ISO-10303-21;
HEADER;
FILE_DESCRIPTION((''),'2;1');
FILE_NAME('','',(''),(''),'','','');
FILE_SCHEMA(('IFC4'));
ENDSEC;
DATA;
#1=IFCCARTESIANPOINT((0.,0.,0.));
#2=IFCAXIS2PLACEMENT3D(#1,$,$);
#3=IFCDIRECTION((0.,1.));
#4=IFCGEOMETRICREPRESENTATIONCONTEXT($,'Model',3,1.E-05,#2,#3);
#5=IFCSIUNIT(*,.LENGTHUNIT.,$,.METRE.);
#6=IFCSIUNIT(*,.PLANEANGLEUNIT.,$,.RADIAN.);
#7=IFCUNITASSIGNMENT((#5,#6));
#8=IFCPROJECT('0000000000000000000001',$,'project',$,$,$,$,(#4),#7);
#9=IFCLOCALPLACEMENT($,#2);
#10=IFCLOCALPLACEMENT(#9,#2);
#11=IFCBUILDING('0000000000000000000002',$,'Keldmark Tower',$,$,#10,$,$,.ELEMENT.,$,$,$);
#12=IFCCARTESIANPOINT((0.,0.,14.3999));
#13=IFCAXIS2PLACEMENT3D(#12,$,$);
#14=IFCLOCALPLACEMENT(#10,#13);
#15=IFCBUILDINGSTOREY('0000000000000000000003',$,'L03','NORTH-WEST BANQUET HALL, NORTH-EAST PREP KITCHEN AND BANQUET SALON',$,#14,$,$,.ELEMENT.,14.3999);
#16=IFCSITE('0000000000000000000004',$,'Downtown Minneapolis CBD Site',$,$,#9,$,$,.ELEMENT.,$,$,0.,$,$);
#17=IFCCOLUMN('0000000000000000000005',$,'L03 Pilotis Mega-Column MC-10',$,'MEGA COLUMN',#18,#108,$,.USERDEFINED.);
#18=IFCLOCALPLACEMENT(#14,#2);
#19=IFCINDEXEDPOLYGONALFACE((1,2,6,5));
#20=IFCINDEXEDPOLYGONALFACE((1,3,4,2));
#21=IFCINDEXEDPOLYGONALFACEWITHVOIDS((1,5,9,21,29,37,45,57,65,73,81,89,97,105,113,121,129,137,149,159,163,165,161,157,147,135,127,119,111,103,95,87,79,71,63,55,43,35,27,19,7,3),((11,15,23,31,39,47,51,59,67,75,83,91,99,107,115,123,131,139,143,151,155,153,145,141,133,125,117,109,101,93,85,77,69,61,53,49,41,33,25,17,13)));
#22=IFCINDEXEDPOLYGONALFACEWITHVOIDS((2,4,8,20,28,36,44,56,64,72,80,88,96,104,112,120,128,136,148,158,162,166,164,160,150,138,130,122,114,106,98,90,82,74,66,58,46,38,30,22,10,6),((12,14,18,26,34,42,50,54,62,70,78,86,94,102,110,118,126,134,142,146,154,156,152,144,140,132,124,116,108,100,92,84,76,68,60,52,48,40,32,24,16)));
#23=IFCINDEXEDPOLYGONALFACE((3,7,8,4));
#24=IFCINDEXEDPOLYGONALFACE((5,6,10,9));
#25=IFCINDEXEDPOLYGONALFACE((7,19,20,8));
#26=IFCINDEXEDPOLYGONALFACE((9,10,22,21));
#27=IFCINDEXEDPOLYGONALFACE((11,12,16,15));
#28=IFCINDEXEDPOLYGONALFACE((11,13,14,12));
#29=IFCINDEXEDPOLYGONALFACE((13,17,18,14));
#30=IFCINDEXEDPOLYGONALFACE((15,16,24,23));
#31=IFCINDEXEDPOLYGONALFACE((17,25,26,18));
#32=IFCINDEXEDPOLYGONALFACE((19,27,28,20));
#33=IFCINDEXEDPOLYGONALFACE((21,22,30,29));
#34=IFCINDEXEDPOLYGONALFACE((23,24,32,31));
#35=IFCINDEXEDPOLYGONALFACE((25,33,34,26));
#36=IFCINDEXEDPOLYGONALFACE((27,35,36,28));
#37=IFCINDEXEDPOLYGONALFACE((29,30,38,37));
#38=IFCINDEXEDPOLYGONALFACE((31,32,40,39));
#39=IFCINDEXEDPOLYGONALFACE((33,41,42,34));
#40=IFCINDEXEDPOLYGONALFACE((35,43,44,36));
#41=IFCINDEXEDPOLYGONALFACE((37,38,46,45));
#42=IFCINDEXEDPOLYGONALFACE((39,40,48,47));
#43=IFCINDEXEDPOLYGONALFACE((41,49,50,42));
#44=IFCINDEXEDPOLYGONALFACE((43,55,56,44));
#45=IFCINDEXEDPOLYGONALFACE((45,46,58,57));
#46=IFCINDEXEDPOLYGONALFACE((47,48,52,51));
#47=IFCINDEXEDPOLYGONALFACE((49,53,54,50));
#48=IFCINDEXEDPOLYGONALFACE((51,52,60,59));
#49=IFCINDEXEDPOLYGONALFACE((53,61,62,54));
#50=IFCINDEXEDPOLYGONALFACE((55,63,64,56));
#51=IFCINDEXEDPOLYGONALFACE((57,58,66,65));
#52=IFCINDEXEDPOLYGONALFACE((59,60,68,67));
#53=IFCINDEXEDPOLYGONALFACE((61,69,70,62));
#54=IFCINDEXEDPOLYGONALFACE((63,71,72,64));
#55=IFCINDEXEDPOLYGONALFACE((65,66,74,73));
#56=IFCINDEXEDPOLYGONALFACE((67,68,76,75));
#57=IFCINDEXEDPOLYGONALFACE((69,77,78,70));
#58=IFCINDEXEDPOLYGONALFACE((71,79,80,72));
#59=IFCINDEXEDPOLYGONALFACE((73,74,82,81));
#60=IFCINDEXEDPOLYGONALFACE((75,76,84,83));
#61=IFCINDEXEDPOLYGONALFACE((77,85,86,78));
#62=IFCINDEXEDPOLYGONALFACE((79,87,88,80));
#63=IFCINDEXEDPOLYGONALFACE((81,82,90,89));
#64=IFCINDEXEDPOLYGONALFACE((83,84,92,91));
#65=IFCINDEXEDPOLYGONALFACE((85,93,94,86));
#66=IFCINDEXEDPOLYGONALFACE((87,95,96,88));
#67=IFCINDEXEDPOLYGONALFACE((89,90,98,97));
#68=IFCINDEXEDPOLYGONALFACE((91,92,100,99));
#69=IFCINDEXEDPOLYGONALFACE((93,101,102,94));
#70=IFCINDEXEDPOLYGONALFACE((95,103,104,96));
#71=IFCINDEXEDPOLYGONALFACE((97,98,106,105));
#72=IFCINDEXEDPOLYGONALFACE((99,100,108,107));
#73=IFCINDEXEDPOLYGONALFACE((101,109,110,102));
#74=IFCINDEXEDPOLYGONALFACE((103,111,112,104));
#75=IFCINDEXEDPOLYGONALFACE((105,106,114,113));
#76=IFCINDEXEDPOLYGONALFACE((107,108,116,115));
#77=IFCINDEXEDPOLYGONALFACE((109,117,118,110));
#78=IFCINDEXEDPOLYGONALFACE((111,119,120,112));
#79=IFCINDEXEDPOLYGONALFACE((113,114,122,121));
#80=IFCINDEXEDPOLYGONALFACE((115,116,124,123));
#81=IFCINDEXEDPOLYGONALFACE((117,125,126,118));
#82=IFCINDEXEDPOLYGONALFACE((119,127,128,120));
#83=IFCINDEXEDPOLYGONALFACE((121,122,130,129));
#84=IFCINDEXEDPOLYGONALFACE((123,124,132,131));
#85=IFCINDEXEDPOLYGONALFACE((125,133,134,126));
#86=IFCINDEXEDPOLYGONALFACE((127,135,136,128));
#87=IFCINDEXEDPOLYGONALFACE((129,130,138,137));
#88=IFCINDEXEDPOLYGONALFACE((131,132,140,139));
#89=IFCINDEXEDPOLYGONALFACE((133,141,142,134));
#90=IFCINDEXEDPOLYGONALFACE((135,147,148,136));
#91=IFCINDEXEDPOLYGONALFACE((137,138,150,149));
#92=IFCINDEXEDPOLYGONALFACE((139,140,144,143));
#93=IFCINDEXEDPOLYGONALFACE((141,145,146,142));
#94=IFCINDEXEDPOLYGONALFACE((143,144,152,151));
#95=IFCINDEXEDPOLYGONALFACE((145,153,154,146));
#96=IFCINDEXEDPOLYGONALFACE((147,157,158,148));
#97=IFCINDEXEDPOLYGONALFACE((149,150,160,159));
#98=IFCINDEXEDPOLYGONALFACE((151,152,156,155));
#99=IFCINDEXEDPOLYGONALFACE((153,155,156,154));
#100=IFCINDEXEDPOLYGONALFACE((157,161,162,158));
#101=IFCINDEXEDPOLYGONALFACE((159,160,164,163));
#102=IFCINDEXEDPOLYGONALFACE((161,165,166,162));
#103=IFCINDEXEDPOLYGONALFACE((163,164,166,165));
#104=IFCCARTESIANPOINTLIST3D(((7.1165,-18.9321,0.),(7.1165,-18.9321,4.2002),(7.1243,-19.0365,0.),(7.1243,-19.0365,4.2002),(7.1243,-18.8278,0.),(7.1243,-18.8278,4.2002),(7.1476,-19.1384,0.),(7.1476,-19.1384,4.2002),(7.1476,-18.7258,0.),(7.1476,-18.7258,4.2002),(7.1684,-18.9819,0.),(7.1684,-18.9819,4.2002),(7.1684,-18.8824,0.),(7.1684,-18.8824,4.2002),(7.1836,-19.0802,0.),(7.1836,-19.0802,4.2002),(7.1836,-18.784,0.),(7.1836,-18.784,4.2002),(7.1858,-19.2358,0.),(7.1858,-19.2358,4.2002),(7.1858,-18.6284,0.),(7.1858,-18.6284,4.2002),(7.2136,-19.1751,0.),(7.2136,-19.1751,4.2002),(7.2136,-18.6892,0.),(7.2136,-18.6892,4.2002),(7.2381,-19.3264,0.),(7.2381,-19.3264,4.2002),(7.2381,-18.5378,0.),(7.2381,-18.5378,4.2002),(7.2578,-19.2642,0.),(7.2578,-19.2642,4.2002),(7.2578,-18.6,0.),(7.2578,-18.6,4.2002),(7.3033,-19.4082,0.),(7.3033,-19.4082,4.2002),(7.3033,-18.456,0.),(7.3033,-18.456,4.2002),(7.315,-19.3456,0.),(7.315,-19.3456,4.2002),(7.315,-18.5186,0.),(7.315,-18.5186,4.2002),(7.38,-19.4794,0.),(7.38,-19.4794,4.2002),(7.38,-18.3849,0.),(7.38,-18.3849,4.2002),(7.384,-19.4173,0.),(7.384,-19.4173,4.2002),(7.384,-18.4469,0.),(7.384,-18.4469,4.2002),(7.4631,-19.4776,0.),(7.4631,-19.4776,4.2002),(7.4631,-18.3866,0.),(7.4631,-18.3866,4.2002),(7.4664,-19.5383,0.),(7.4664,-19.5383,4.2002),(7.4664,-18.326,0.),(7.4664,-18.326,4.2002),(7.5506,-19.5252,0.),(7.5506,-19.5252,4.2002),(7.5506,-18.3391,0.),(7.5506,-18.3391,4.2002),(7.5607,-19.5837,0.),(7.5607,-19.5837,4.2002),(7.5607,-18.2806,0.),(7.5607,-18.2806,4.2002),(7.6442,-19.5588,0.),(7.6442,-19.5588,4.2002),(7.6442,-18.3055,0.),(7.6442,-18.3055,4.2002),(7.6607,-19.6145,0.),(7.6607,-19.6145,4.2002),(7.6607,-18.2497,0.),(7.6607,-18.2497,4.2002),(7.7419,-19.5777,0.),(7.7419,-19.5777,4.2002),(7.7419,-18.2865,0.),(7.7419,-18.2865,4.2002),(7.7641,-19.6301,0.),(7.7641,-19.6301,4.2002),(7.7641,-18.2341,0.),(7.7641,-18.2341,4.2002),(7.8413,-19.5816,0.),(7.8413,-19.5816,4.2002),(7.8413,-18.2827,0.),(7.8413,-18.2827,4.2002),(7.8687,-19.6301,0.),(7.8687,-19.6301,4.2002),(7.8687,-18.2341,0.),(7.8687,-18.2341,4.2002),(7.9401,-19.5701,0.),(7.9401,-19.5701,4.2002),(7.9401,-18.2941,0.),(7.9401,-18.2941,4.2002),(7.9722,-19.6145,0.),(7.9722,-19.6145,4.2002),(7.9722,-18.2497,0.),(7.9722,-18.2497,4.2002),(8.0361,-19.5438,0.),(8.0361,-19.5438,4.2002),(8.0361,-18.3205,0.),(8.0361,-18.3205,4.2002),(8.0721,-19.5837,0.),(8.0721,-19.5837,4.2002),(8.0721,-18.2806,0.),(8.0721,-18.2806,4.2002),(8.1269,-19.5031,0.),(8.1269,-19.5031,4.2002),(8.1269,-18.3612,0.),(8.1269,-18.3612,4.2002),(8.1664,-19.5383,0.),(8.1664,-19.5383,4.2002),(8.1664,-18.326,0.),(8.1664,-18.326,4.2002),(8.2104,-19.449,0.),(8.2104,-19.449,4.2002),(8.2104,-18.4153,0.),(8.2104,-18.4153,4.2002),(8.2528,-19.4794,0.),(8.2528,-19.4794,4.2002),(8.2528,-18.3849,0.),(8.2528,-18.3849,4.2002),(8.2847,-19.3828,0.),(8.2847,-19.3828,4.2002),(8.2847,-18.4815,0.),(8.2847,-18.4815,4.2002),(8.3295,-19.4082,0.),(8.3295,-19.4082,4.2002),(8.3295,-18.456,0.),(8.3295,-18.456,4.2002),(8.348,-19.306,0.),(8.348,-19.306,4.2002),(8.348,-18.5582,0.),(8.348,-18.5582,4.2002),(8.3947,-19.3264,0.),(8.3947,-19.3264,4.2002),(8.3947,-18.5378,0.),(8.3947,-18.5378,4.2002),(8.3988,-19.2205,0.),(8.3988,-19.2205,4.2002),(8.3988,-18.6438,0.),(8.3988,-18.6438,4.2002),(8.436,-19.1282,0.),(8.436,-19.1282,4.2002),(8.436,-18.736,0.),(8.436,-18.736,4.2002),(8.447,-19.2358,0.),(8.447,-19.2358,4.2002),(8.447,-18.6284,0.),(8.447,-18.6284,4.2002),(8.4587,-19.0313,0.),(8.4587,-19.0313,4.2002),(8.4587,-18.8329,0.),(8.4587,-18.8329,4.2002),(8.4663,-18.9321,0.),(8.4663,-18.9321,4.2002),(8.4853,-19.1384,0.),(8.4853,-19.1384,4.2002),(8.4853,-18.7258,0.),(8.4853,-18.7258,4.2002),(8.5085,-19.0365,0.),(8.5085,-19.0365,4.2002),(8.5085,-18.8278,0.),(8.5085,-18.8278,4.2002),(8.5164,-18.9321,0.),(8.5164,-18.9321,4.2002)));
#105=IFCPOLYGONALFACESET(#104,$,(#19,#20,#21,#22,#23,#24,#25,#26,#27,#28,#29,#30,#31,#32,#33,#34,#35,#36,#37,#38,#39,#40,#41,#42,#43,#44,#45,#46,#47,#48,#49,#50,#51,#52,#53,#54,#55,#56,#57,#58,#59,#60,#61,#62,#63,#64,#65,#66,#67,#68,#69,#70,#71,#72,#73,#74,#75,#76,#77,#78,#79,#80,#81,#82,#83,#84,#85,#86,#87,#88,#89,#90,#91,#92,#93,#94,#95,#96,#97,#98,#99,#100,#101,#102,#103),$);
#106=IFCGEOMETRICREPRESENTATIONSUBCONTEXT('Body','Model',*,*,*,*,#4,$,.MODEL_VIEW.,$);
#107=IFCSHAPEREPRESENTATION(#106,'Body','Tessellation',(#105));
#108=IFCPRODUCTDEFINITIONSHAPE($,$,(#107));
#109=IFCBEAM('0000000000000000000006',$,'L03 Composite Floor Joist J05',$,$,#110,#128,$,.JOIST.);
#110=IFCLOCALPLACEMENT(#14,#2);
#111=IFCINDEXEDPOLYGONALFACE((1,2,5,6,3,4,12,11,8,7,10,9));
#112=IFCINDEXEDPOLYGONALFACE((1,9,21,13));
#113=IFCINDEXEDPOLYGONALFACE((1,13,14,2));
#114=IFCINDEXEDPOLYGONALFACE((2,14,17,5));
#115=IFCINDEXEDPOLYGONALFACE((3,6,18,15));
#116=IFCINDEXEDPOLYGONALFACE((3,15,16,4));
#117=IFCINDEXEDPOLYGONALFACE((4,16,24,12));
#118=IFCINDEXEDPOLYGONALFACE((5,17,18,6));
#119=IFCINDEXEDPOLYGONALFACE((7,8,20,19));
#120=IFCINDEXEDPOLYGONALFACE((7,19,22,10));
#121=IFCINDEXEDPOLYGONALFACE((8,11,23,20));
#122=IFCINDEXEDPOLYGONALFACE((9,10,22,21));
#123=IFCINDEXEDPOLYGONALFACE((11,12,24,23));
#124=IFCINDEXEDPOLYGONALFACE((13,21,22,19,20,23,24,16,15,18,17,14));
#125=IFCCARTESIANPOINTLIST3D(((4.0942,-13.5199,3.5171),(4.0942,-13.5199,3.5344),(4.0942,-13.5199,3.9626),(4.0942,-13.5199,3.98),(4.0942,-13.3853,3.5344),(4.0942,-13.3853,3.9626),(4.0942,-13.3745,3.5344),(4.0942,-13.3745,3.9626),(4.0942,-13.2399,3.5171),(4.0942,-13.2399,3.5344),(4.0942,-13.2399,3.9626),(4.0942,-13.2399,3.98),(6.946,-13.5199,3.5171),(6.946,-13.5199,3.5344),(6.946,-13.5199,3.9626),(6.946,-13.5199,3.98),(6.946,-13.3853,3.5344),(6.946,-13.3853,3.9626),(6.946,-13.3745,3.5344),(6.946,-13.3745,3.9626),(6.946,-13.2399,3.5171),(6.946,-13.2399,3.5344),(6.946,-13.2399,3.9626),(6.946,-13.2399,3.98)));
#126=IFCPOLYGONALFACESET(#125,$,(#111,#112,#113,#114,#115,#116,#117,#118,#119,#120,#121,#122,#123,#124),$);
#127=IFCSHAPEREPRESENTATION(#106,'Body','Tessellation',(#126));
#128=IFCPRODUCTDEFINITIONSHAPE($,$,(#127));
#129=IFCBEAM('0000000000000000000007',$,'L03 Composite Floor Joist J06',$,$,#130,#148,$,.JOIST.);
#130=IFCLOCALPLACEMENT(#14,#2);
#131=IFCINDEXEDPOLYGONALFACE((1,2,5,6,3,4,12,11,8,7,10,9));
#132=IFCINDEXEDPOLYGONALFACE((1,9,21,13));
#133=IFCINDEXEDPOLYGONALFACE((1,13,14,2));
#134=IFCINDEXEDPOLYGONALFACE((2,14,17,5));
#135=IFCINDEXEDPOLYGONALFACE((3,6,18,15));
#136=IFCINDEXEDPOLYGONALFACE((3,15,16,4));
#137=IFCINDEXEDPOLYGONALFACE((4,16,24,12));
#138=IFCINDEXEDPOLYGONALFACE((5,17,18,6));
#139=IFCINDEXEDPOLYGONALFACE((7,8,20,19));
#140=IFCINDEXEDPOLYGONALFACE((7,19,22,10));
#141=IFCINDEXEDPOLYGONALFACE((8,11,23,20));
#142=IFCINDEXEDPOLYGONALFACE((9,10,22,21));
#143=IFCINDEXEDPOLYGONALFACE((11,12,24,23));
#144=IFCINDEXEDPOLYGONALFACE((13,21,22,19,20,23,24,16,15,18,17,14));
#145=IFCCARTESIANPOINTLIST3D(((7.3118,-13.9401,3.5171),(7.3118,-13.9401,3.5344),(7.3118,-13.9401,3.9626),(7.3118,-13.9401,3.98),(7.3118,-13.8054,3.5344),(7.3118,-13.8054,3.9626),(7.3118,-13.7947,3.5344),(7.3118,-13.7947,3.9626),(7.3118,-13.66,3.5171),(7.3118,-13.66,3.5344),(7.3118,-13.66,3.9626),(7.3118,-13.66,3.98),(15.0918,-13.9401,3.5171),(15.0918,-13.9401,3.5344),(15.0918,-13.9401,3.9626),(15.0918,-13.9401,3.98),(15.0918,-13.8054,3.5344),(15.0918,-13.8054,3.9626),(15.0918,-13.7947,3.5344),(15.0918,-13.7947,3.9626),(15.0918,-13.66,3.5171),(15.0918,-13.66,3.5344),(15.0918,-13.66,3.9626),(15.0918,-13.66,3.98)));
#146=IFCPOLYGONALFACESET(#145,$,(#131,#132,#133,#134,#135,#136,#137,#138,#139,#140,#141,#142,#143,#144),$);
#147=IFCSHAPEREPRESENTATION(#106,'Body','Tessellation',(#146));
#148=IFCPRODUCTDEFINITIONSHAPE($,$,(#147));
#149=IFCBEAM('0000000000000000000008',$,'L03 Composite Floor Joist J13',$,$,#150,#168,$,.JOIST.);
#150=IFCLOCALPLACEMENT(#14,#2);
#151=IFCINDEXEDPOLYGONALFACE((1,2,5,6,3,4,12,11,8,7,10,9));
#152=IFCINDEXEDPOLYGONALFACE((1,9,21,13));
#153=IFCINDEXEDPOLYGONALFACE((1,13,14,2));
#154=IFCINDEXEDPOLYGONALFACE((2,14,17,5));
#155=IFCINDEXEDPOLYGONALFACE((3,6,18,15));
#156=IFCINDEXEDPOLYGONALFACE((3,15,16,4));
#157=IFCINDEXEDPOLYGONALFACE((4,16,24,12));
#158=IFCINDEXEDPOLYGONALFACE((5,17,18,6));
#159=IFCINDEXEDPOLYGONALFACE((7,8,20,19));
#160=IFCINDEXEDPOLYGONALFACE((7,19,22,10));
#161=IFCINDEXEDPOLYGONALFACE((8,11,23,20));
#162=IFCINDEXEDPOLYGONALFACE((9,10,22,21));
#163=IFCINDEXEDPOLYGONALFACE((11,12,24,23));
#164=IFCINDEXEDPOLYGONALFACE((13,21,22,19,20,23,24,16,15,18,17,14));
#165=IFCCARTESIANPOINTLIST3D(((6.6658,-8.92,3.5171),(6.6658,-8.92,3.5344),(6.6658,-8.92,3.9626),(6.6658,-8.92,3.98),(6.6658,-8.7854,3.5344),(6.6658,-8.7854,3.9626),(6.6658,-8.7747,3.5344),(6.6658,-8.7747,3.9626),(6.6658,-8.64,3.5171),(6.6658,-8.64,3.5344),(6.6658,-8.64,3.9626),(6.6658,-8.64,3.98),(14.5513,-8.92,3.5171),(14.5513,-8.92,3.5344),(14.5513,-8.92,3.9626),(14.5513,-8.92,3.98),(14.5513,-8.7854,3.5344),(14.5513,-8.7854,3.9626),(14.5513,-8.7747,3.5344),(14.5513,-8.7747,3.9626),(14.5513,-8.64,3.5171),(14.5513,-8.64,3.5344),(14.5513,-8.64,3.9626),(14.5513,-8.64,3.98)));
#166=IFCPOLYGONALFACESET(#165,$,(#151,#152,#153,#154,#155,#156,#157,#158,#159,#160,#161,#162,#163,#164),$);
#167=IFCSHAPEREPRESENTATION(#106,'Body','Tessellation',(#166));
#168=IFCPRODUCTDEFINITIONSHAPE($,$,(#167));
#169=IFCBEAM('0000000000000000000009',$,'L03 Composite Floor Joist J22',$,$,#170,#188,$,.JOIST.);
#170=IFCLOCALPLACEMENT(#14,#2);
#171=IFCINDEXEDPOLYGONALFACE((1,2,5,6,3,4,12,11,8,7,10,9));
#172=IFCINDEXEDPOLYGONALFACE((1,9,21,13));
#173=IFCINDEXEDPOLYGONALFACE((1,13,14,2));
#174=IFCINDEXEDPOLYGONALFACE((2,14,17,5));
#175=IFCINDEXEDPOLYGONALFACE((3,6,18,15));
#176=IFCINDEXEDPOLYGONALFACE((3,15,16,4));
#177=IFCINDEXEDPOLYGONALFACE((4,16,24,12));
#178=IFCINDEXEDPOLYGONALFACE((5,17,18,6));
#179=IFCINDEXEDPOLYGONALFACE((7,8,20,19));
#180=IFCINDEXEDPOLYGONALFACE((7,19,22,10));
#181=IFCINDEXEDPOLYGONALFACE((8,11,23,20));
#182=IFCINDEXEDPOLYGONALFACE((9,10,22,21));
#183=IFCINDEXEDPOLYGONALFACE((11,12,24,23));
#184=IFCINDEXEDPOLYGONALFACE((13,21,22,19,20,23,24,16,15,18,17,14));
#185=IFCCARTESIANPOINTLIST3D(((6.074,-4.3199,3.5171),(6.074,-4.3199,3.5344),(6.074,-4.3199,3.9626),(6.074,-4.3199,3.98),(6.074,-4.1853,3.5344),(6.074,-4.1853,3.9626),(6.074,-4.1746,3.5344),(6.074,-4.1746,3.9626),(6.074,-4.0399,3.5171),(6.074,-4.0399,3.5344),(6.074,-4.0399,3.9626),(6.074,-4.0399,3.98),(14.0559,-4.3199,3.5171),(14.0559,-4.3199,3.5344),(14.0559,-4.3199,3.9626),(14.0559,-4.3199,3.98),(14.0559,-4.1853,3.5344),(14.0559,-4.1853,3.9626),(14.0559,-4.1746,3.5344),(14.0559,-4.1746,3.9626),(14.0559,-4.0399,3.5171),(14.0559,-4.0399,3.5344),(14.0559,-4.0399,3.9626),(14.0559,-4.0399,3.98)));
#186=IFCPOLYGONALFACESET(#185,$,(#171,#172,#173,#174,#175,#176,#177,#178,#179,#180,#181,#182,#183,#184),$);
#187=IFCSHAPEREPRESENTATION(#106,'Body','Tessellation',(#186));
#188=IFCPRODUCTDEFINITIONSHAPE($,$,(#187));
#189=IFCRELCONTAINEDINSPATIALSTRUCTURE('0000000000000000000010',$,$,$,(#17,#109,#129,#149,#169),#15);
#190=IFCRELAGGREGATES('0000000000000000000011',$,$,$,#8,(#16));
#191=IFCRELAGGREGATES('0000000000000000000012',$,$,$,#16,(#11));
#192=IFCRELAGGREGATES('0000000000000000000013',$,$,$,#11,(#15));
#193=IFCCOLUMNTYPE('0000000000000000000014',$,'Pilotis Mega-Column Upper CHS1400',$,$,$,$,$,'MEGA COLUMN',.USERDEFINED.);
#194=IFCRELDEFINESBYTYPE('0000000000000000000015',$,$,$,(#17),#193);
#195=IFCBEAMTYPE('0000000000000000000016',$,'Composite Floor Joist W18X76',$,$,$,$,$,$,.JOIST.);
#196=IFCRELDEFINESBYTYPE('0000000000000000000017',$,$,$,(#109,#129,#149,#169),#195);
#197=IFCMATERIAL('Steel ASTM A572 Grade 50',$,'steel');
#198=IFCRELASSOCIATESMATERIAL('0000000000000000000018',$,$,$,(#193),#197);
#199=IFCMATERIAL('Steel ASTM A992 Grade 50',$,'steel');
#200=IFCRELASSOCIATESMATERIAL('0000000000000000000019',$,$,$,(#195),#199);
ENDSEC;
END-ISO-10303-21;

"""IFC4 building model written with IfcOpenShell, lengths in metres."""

from ifc_helpers import new_model, si_unit, direction, frame, origin, origin_2d, place, context, subcontext, project, spatial, hollow_circle, i_section, extrude, material, material_profile, profile_set, type_object, element, save


model = new_model("IFC4")

# Units and contexts
model_context = context("Model", 3, precision=1e-05, world=origin(), true_north=direction((0.0, 1.0)))
body_context = subcontext(model_context, "Body", "Model", "MODEL_VIEW")
ifc_project = project(units=[si_unit("LENGTHUNIT", "METRE"), si_unit("PLANEANGLEUNIT", "RADIAN")], contexts=[model_context])

# Site, building, storey
site_placement = place(None, origin())
site = spatial("IfcSite", under=ifc_project, at=site_placement, Name="Downtown Minneapolis CBD Site", CompositionType="ELEMENT", RefElevation=0.0)
building_placement = place(site_placement, origin())
building = spatial("IfcBuilding", under=site, at=building_placement, Name="Keldmark Tower", CompositionType="ELEMENT")
storey_placement = place(building_placement, frame((0.0, 0.0, 14.3999)))
storey = spatial("IfcBuildingStorey", under=building, at=storey_placement, Name="L03", Description="NORTH-WEST BANQUET HALL, NORTH-EAST PREP KITCHEN AND BANQUET SALON", CompositionType="ELEMENT", Elevation=14.3999)

# Column
ifc_material_1 = material(Name="Steel ASTM A572 Grade 50", Category="steel")
ifc_material_profile_1 = material_profile(ifc_material_1, hollow_circle(Radius=0.7, WallThickness=0.05, at=origin_2d()), Name="CHS1400X50")
ifc_profile_set_1 = profile_set([ifc_material_profile_1], Name="Steel ASTM A572 Grade 50")
column_type = type_object("IfcColumnType", Name="Pilotis Mega-Column Upper CHS1400", ElementType="MEGA COLUMN", PredefinedType="USERDEFINED", material=ifc_profile_set_1)
column_placement = place(storey_placement, frame((7.8164, -18.9321, 0.0), z_axis=(0.0, 0.0, 1.0), x_axis=(1.0, 0.0, 0.0)))
element("IfcColumn", 1, at=column_placement, inside=storey, type_object=column_type, Name="L03 Pilotis Mega-Column MC-10", ObjectType="MEGA COLUMN", PredefinedType="USERDEFINED", context=body_context, shape_type="SweptSolid", body=[
    extrude(hollow_circle(Radius=0.7, WallThickness=0.05, at=origin_2d()), origin(), (0.0, 0.0, 1.0), 4.2002),
])

# Beams
ifc_material_2 = material(Name="Steel ASTM A992 Grade 50", Category="steel")
ifc_material_profile_2 = material_profile(ifc_material_2, i_section(OverallWidth=0.28, OverallDepth=0.4629, WebThickness=0.0107, FlangeThickness=0.0173, at=origin_2d()), Name="W18X76")
ifc_profile_set_2 = profile_set([ifc_material_profile_2], Name="Steel ASTM A992 Grade 50")
beam_type_1 = type_object("IfcBeamType", Name="Composite Floor Joist W18X76", PredefinedType="JOIST", material=ifc_profile_set_2)
beam_1_placement = place(storey_placement, frame((4.0942, -13.3799, 3.7485), z_axis=(1.0, 0.0, 0.0), x_axis=(0.0, 1.0, 0.0)))
element("IfcBeam", 2, at=beam_1_placement, inside=storey, type_object=beam_type_1, Name="L03 Composite Floor Joist J05", PredefinedType="JOIST", context=body_context, shape_type="SweptSolid", body=[
    extrude(i_section(OverallWidth=0.28, OverallDepth=0.4629, WebThickness=0.0107, FlangeThickness=0.0173, at=origin_2d()), origin(), (0.0, 0.0, 1.0), 2.8518),
])
beam_2_placement = place(storey_placement, frame((7.3118, -13.8, 3.7485), z_axis=(1.0, 0.0, 0.0), x_axis=(0.0, 1.0, 0.0)))
element("IfcBeam", 3, at=beam_2_placement, inside=storey, type_object=beam_type_1, Name="L03 Composite Floor Joist J06", PredefinedType="JOIST", context=body_context, shape_type="SweptSolid", body=[
    extrude(i_section(OverallWidth=0.28, OverallDepth=0.4629, WebThickness=0.0107, FlangeThickness=0.0173, at=origin_2d()), origin(), (0.0, 0.0, 1.0), 7.78),
])
beam_3_placement = place(storey_placement, frame((6.6658, -8.78, 3.7485), z_axis=(1.0, 0.0, 0.0), x_axis=(0.0, 1.0, 0.0)))
element("IfcBeam", 4, at=beam_3_placement, inside=storey, type_object=beam_type_1, Name="L03 Composite Floor Joist J13", PredefinedType="JOIST", context=body_context, shape_type="SweptSolid", body=[
    extrude(i_section(OverallWidth=0.28, OverallDepth=0.4629, WebThickness=0.0107, FlangeThickness=0.0173, at=origin_2d()), origin(), (0.0, 0.0, 1.0), 7.8855),
])
beam_4_placement = place(storey_placement, frame((6.074, -4.1799, 3.7485), z_axis=(1.0, 0.0, 0.0), x_axis=(0.0, 1.0, 0.0)))
element("IfcBeam", 5, at=beam_4_placement, inside=storey, type_object=beam_type_1, Name="L03 Composite Floor Joist J22", PredefinedType="JOIST", context=body_context, shape_type="SweptSolid", body=[
    extrude(i_section(OverallWidth=0.28, OverallDepth=0.4629, WebThickness=0.0107, FlangeThickness=0.0173, at=origin_2d()), origin(), (0.0, 0.0, 1.0), 7.9819),
])

save(model, "model.ifc")
